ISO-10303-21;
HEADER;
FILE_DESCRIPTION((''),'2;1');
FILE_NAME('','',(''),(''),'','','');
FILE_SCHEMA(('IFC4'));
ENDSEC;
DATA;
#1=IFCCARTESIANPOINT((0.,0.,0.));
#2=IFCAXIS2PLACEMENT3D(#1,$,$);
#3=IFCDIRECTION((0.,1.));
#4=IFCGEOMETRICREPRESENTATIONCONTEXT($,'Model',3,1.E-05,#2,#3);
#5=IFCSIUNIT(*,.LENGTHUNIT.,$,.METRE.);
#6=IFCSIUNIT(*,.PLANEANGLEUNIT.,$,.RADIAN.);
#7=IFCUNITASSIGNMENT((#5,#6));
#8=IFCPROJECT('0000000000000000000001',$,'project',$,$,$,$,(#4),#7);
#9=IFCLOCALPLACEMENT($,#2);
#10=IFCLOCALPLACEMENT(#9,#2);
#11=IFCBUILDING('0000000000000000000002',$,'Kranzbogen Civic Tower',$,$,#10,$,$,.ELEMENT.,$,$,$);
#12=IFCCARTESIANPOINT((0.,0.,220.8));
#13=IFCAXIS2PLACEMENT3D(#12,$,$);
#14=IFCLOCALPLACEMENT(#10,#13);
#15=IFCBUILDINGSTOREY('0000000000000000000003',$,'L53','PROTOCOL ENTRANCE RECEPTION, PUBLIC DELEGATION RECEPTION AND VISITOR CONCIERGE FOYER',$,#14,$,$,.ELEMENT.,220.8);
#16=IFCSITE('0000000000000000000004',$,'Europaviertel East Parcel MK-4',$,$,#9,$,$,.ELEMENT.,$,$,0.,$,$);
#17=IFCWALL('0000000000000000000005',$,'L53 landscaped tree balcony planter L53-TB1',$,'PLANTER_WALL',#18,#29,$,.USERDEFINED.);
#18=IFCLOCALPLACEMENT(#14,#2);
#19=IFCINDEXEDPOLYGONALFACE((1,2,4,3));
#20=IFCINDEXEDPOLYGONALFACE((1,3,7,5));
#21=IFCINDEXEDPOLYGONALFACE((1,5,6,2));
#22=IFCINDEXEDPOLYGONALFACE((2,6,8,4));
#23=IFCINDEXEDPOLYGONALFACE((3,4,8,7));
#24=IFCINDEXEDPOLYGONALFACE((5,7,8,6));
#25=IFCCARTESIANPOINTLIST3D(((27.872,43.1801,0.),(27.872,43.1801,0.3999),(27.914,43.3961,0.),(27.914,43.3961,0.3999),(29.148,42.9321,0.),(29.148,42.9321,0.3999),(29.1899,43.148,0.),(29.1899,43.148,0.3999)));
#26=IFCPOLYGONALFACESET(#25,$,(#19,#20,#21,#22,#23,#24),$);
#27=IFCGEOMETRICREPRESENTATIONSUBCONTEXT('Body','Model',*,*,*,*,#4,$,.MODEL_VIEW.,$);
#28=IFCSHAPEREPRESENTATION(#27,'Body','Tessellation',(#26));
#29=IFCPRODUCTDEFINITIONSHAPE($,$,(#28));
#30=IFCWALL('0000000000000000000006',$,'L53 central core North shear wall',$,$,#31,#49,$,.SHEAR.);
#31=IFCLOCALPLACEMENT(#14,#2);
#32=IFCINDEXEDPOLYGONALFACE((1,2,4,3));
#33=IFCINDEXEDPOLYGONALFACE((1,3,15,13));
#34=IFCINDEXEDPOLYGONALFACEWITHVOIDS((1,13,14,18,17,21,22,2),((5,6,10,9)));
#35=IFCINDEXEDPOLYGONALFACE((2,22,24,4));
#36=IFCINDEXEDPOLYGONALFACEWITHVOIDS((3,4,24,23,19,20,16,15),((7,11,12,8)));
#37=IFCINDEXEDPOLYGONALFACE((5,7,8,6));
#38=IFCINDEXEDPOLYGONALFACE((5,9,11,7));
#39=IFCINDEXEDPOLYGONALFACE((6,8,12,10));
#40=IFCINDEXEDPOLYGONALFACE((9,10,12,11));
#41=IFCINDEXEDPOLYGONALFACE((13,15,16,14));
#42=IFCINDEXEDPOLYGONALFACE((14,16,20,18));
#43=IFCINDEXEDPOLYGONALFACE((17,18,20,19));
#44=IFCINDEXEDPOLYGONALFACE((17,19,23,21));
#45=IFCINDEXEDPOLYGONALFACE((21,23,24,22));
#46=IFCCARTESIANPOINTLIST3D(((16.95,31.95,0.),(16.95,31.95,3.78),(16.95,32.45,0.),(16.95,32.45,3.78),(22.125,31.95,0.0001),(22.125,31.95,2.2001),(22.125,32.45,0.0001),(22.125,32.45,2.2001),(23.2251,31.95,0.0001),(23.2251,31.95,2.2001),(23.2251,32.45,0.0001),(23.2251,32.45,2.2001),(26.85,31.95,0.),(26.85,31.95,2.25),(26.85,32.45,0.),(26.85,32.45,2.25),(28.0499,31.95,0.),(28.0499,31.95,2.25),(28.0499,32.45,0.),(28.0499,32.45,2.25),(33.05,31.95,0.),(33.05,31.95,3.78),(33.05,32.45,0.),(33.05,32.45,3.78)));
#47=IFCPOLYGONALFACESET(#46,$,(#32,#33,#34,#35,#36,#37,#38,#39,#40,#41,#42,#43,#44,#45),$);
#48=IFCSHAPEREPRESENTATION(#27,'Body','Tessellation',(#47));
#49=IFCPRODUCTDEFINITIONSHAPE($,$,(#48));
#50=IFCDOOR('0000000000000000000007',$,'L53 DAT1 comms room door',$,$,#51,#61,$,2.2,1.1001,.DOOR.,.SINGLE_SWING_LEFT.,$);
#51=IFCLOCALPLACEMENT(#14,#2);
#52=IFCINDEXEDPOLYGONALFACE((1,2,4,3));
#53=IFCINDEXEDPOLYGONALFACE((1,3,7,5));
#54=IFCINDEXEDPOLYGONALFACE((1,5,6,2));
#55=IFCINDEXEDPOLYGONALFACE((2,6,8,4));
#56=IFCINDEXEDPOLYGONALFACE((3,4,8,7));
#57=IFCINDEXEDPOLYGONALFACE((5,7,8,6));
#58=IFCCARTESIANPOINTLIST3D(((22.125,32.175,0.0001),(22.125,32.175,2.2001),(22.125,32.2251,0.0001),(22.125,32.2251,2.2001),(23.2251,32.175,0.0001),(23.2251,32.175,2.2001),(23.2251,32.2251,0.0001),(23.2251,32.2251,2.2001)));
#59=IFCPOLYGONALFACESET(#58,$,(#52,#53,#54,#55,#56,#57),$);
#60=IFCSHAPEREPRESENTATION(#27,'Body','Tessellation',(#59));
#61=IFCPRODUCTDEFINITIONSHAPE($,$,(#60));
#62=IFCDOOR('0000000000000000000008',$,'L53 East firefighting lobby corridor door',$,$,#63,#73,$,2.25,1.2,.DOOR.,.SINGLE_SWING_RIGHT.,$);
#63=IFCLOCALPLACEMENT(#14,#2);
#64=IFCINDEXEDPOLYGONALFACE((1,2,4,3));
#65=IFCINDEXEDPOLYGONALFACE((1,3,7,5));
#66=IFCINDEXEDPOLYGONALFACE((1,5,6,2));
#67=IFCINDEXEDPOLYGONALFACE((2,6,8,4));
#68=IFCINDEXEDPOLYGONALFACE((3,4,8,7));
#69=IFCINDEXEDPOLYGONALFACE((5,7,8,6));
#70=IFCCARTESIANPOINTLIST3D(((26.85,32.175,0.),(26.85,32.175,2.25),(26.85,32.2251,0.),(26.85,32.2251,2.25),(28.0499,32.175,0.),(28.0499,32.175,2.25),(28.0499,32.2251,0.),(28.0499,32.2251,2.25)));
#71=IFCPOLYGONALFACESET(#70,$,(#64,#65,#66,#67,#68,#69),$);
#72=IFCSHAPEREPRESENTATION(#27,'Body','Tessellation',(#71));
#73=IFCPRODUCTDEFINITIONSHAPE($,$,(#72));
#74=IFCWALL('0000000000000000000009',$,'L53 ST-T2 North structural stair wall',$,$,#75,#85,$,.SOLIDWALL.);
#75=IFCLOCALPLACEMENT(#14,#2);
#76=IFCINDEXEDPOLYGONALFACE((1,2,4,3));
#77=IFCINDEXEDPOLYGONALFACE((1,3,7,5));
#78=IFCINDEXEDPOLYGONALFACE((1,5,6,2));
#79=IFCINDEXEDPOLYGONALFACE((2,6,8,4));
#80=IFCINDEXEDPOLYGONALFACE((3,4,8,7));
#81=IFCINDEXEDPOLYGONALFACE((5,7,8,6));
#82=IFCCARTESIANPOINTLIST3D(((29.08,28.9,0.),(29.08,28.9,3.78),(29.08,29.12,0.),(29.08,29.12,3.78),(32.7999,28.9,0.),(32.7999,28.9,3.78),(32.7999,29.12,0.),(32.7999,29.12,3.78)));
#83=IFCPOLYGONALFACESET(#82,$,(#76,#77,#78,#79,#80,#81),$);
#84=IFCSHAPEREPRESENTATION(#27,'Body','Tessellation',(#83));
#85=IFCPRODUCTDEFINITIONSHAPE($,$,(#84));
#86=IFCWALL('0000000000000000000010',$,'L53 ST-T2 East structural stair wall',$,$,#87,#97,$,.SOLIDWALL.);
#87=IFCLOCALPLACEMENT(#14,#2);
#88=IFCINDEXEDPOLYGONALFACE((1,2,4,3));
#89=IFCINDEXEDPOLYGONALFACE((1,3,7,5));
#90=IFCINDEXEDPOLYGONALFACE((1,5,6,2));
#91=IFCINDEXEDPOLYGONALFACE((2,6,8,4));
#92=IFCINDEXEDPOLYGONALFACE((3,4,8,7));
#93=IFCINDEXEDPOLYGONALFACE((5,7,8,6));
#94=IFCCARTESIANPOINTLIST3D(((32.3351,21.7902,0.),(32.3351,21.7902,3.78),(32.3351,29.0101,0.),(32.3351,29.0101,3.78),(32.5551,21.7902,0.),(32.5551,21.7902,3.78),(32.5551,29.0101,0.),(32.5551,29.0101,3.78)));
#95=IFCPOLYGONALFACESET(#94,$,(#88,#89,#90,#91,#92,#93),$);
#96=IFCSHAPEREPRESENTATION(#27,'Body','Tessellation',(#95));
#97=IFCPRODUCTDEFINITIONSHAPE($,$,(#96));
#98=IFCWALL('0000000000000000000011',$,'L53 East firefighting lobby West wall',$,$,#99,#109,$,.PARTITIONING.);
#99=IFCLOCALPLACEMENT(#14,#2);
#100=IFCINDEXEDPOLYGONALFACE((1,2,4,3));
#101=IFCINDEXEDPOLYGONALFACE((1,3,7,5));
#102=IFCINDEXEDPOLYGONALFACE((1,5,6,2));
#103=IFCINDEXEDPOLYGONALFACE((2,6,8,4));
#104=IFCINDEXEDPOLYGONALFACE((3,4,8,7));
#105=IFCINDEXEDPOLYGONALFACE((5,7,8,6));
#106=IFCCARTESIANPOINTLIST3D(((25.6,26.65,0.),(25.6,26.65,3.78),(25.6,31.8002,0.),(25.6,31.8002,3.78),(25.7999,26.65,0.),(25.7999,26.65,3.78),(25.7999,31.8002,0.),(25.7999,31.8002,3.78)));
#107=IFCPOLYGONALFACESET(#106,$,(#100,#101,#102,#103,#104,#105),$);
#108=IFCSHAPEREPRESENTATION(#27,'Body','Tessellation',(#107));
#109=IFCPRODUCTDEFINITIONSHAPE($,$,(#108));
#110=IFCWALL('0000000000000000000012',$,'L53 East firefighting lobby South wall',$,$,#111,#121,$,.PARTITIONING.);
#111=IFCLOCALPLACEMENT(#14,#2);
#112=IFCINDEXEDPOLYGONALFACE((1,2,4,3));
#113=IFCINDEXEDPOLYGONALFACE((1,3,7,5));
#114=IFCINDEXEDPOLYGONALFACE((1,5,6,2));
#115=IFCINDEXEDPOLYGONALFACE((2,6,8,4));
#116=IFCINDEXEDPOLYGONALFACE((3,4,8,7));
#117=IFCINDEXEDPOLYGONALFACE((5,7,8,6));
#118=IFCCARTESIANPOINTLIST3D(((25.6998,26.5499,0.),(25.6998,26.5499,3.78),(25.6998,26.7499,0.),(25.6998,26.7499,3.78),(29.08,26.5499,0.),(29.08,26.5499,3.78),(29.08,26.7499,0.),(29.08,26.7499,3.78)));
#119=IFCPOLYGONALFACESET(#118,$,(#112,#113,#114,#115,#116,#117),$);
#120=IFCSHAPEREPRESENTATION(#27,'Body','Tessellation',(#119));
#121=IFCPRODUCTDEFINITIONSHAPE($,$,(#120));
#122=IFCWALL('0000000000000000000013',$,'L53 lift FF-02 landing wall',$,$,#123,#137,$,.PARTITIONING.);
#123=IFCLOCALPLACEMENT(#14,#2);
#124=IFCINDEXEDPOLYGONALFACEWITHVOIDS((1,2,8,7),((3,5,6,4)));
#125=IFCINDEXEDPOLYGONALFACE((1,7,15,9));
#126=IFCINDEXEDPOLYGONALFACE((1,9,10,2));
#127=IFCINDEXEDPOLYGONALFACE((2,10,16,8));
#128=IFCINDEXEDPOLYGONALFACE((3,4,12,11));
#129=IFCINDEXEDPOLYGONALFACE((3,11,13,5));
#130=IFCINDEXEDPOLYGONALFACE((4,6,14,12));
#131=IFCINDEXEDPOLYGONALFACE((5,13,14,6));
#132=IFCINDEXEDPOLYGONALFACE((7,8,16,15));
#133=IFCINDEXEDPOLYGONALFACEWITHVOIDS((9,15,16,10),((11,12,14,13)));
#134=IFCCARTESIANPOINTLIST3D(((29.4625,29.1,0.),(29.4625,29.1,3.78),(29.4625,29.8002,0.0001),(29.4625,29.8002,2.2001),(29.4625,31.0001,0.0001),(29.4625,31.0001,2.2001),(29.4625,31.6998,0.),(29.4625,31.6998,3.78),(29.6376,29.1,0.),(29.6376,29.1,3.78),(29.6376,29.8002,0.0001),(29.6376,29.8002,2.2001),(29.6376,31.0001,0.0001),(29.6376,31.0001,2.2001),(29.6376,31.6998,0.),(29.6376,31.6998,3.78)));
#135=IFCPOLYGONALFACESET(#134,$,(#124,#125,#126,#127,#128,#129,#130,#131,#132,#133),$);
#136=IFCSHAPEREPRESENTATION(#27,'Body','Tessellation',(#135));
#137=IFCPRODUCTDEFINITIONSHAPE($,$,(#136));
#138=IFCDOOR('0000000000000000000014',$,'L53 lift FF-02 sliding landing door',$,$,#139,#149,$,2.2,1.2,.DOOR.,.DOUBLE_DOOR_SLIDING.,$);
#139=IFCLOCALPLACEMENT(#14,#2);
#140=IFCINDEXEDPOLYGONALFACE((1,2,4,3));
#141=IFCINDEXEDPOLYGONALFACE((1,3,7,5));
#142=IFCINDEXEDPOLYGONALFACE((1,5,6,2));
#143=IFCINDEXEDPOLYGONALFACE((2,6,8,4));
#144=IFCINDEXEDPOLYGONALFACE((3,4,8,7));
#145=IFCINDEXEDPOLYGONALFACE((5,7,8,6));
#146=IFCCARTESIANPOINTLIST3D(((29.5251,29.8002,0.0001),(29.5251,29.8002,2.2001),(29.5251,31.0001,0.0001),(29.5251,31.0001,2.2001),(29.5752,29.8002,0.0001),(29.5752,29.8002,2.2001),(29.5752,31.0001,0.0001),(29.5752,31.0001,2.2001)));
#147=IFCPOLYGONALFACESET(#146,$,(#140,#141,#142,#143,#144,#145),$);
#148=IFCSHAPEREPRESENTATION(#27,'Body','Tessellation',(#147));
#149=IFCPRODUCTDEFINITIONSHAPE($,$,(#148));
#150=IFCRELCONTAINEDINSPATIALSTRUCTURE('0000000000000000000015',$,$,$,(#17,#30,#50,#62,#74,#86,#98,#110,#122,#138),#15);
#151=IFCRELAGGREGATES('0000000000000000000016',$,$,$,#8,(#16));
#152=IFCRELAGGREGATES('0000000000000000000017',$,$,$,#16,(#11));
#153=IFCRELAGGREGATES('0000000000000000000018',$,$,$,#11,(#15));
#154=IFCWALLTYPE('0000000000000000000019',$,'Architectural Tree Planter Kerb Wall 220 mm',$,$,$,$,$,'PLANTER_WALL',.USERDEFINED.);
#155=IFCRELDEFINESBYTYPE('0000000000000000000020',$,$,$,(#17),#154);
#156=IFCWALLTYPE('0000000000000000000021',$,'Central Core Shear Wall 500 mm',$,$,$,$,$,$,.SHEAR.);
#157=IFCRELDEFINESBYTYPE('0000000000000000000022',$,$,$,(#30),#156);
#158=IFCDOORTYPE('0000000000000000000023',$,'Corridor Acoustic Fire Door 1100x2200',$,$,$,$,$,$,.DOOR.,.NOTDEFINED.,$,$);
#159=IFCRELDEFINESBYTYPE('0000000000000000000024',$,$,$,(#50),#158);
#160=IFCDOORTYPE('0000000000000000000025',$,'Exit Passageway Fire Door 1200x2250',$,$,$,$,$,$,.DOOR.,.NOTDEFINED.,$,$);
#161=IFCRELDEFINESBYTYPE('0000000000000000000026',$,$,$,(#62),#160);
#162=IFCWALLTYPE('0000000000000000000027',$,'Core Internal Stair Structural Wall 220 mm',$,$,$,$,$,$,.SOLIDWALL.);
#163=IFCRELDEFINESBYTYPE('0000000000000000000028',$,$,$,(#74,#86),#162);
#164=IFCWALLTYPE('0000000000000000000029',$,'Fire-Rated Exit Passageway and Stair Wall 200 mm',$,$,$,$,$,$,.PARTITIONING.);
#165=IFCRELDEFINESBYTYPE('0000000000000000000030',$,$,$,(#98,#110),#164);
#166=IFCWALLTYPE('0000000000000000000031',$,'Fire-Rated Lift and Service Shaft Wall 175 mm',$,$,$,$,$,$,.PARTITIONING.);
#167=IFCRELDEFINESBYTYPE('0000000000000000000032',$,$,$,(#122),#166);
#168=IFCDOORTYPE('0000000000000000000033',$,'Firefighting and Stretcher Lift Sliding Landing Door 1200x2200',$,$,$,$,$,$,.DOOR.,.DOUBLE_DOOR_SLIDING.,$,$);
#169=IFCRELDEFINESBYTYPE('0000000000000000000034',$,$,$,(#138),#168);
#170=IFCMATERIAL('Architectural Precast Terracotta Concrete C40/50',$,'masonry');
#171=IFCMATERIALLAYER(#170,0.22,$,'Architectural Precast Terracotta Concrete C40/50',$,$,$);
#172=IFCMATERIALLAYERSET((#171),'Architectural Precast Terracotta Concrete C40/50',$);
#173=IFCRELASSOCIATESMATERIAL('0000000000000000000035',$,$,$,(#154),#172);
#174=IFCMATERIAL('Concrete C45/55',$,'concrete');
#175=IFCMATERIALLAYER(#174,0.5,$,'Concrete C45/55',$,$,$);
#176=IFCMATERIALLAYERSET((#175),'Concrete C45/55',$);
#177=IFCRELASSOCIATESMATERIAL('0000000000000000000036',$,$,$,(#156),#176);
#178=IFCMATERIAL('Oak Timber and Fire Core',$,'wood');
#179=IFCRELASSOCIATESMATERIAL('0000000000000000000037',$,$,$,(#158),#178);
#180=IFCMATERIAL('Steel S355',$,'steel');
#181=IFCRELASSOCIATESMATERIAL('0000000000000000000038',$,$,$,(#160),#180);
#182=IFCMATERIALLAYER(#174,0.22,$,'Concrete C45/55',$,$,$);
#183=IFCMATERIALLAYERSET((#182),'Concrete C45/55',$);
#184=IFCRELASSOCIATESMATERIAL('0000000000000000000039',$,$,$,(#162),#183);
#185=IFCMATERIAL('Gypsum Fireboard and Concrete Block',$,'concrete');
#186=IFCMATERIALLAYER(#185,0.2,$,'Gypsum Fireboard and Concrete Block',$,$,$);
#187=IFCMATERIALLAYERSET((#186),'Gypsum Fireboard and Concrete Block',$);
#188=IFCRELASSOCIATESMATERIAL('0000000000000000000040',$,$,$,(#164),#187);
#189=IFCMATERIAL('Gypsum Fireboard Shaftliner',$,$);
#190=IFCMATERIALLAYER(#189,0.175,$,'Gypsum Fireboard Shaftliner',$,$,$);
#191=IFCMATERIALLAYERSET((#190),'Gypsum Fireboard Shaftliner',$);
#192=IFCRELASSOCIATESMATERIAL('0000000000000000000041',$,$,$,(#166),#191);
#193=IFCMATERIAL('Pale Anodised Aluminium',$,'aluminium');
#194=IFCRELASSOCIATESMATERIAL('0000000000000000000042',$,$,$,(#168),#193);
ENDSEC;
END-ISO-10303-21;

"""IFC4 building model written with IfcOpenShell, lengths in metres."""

from ifc_helpers import new_model, si_unit, direction, frame, frame_2d, origin, place, context, subcontext, project, spatial, rectangle, extrude, material, layer, layer_set, type_object, element, fill, save


model = new_model("IFC4")

# Units and contexts
model_context = context("Model", 3, precision=1e-05, world=origin(), true_north=direction((0.0, 1.0)))
body_context = subcontext(model_context, "Body", "Model", "MODEL_VIEW")
ifc_project = project(units=[si_unit("LENGTHUNIT", "METRE"), si_unit("PLANEANGLEUNIT", "RADIAN")], contexts=[model_context])

# Site, building, storey
site_placement = place(None, origin())
site = spatial("IfcSite", under=ifc_project, at=site_placement, Name="Europaviertel East Parcel MK-4", CompositionType="ELEMENT", RefElevation=0.0)
building_placement = place(site_placement, origin())
building = spatial("IfcBuilding", under=site, at=building_placement, Name="Kranzbogen Civic Tower", CompositionType="ELEMENT")
storey_placement = place(building_placement, frame((0.0, 0.0, 220.8)))
storey = spatial("IfcBuildingStorey", under=building, at=storey_placement, Name="L53", Description="PROTOCOL ENTRANCE RECEPTION, PUBLIC DELEGATION RECEPTION AND VISITOR CONCIERGE FOYER", CompositionType="ELEMENT", Elevation=220.8)

# Shared definitions
ifc_material_1 = material(Name="Steel S355", Category="steel")

# Shared definitions
ifc_material_2 = material(Name="Pale Anodised Aluminium", Category="aluminium")

# Wall
ifc_material_3 = material(Name="Architectural Precast Terracotta Concrete C40/50", Category="masonry")
ifc_layer_1 = layer(ifc_material_3, 0.22, Name="Architectural Precast Terracotta Concrete C40/50")
ifc_layer_set_1 = layer_set([ifc_layer_1], Name="Architectural Precast Terracotta Concrete C40/50")
wall_type_1 = type_object("IfcWallType", Name="Architectural Tree Planter Kerb Wall 220 mm", ElementType="PLANTER_WALL", PredefinedType="USERDEFINED", material=ifc_layer_set_1)
wall_1_placement = place(storey_placement, frame((29.1689, 43.04, 0.0), z_axis=(0.0, 0.0, 1.0), x_axis=(-0.981621, 0.190839, 0.0)))
element("IfcWall", 1, at=wall_1_placement, inside=storey, type_object=wall_type_1, Name="L53 landscaped tree balcony planter L53-TB1", ObjectType="PLANTER_WALL", PredefinedType="USERDEFINED", context=body_context, shape_type="SweptSolid", body=[
    extrude(rectangle(XDim=1.2998, YDim=0.22, at=frame_2d((0.6499, 0.0))), origin(), (0.0, 0.0, 1.0), 0.3999),
])

# Wall, openings, doors
ifc_material_4 = material(Name="Concrete C45/55", Category="concrete")
ifc_layer_2 = layer(ifc_material_4, 0.5, Name="Concrete C45/55")
ifc_layer_set_2 = layer_set([ifc_layer_2], Name="Concrete C45/55")
wall_type_2 = type_object("IfcWallType", Name="Central Core Shear Wall 500 mm", PredefinedType="SHEAR", material=ifc_layer_set_2)
wall_2_placement = place(storey_placement, frame((33.05, 32.2, 0.0), z_axis=(0.0, 0.0, 1.0), x_axis=(-1.0, 0.0, 0.0)))
wall_2 = element("IfcWall", 2, at=wall_2_placement, inside=storey, type_object=wall_type_2, Name="L53 central core North shear wall", PredefinedType="SHEAR", context=body_context, shape_type="SweptSolid", body=[
    extrude(rectangle(XDim=16.1001, YDim=0.5, at=frame_2d((8.05, 0.0))), origin(), (0.0, 0.0, 1.0), 3.78),
])
opening_1_placement = place(wall_2_placement, frame((5.0, 0.0, 0.0)))
opening_1 = element("IfcOpeningElement", 3, at=opening_1_placement, cuts=wall_2, PredefinedType="OPENING", context=body_context, shape_type="SweptSolid", body=[
    extrude(rectangle(XDim=1.2, YDim=2.25, at=frame_2d((0.6001, 1.125))), frame((0.0, 0.26, 0.0), z_axis=(0.0, -1.0, 0.0), x_axis=(1.0, 0.0, 0.0)), (0.0, 0.0, 1.0), 0.52),
])
opening_2_placement = place(wall_2_placement, frame((9.825, 0.0, 0.0)))
opening_2 = element("IfcOpeningElement", 4, at=opening_2_placement, cuts=wall_2, PredefinedType="OPENING", context=body_context, shape_type="SweptSolid", body=[
    extrude(rectangle(XDim=1.1001, YDim=2.2, at=frame_2d((0.55, 1.1001))), frame((0.0, 0.26, 0.0), z_axis=(0.0, -1.0, 0.0), x_axis=(1.0, 0.0, 0.0)), (0.0, 0.0, 1.0), 0.52),
])
ifc_material_5 = material(Name="Oak Timber and Fire Core", Category="wood")
door_type_1 = type_object("IfcDoorType", Name="Corridor Acoustic Fire Door 1100x2200", OperationType="NOTDEFINED", PredefinedType="DOOR", material=ifc_material_5)
door_1_placement = place(opening_2_placement, origin())
door_1 = element("IfcDoor", 5, at=door_1_placement, inside=storey, type_object=door_type_1, Name="L53 DAT1 comms room door", OperationType="SINGLE_SWING_LEFT", OverallHeight=2.2, OverallWidth=1.1001, PredefinedType="DOOR", context=body_context, shape_type="SweptSolid", body=[
    extrude(rectangle(XDim=1.1001, YDim=2.2, at=frame_2d((0.55, 1.1001))), frame((0.0, 0.0249, 0.0), z_axis=(0.0, -1.0, 0.0), x_axis=(1.0, 0.0, 0.0)), (0.0, 0.0, 1.0), 0.05),
])
fill(opening_2, door_1)
door_type_2 = type_object("IfcDoorType", Name="Exit Passageway Fire Door 1200x2250", OperationType="NOTDEFINED", PredefinedType="DOOR", material=ifc_material_1)
door_2_placement = place(opening_1_placement, origin())
door_2 = element("IfcDoor", 6, at=door_2_placement, inside=storey, type_object=door_type_2, Name="L53 East firefighting lobby corridor door", OperationType="SINGLE_SWING_RIGHT", OverallHeight=2.25, OverallWidth=1.2, PredefinedType="DOOR", context=body_context, shape_type="SweptSolid", body=[
    extrude(rectangle(XDim=1.2, YDim=2.25, at=frame_2d((0.6001, 1.125))), frame((0.0, 0.0249, 0.0), z_axis=(0.0, -1.0, 0.0), x_axis=(1.0, 0.0, 0.0)), (0.0, 0.0, 1.0), 0.05),
])
fill(opening_1, door_2)

# Walls
ifc_layer_3 = layer(ifc_material_4, 0.22, Name="Concrete C45/55")
ifc_layer_set_3 = layer_set([ifc_layer_3], Name="Concrete C45/55")
wall_type_3 = type_object("IfcWallType", Name="Core Internal Stair Structural Wall 220 mm", PredefinedType="SOLIDWALL", material=ifc_layer_set_3)
wall_3_placement = place(storey_placement, frame((29.0801, 29.01, 0.0), z_axis=(0.0, 0.0, 1.0), x_axis=(1.0, 0.0, 0.0)))
element("IfcWall", 7, at=wall_3_placement, inside=storey, type_object=wall_type_3, Name="L53 ST-T2 North structural stair wall", PredefinedType="SOLIDWALL", context=body_context, shape_type="SweptSolid", body=[
    extrude(rectangle(XDim=3.72, YDim=0.22, at=frame_2d((1.8599, 0.0))), origin(), (0.0, 0.0, 1.0), 3.78),
])
wall_4_placement = place(storey_placement, frame((32.4451, 29.01, 0.0), z_axis=(0.0, 0.0, 1.0), x_axis=(0.0, -1.0, 0.0)))
element("IfcWall", 8, at=wall_4_placement, inside=storey, type_object=wall_type_3, Name="L53 ST-T2 East structural stair wall", PredefinedType="SOLIDWALL", context=body_context, shape_type="SweptSolid", body=[
    extrude(rectangle(XDim=7.22, YDim=0.22, at=frame_2d((3.6099, 0.0))), origin(), (0.0, 0.0, 1.0), 3.78),
])
ifc_material_6 = material(Name="Gypsum Fireboard and Concrete Block", Category="concrete")
ifc_layer_4 = layer(ifc_material_6, 0.2, Name="Gypsum Fireboard and Concrete Block")
ifc_layer_set_4 = layer_set([ifc_layer_4], Name="Gypsum Fireboard and Concrete Block")
wall_type_4 = type_object("IfcWallType", Name="Fire-Rated Exit Passageway and Stair Wall 200 mm", PredefinedType="PARTITIONING", material=ifc_layer_set_4)
wall_5_placement = place(storey_placement, frame((25.7, 26.6499, 0.0), z_axis=(0.0, 0.0, 1.0), x_axis=(0.0, 1.0, 0.0)))
element("IfcWall", 9, at=wall_5_placement, inside=storey, type_object=wall_type_4, Name="L53 East firefighting lobby West wall", PredefinedType="PARTITIONING", context=body_context, shape_type="SweptSolid", body=[
    extrude(rectangle(XDim=5.1501, YDim=0.2, at=frame_2d((2.5752, 0.0))), origin(), (0.0, 0.0, 1.0), 3.78),
])
wall_6_placement = place(storey_placement, frame((25.7, 26.6499, 0.0), z_axis=(0.0, 0.0, 1.0), x_axis=(1.0, 0.0, 0.0)))
element("IfcWall", 10, at=wall_6_placement, inside=storey, type_object=wall_type_4, Name="L53 East firefighting lobby South wall", PredefinedType="PARTITIONING", context=body_context, shape_type="SweptSolid", body=[
    extrude(rectangle(XDim=3.3801, YDim=0.2, at=frame_2d((1.6899, 0.0))), origin(), (0.0, 0.0, 1.0), 3.78),
])

# Wall, opening, door
ifc_material_7 = material(Name="Gypsum Fireboard Shaftliner")
ifc_layer_5 = layer(ifc_material_7, 0.175, Name="Gypsum Fireboard Shaftliner")
ifc_layer_set_5 = layer_set([ifc_layer_5], Name="Gypsum Fireboard Shaftliner")
wall_type_5 = type_object("IfcWallType", Name="Fire-Rated Lift and Service Shaft Wall 175 mm", PredefinedType="PARTITIONING", material=ifc_layer_set_5)
wall_7_placement = place(storey_placement, frame((29.55, 29.1001, 0.0), z_axis=(0.0, 0.0, 1.0), x_axis=(0.0, 1.0, 0.0)))
wall_7 = element("IfcWall", 11, at=wall_7_placement, inside=storey, type_object=wall_type_5, Name="L53 lift FF-02 landing wall", PredefinedType="PARTITIONING", context=body_context, shape_type="SweptSolid", body=[
    extrude(rectangle(XDim=2.5999, YDim=0.175, at=frame_2d((1.2998, 0.0))), origin(), (0.0, 0.0, 1.0), 3.78),
])
opening_3_placement = place(wall_7_placement, frame((0.7, 0.0, 0.0)))
opening_3 = element("IfcOpeningElement", 12, at=opening_3_placement, cuts=wall_7, PredefinedType="OPENING", context=body_context, shape_type="SweptSolid", body=[
    extrude(rectangle(XDim=1.2, YDim=2.2, at=frame_2d((0.6001, 1.1001))), frame((0.0, 0.0977, 0.0), z_axis=(0.0, -1.0, 0.0), x_axis=(1.0, 0.0, 0.0)), (0.0, 0.0, 1.0), 0.1951),
])
door_type_3 = type_object("IfcDoorType", Name="Firefighting and Stretcher Lift Sliding Landing Door 1200x2200", OperationType="DOUBLE_DOOR_SLIDING", PredefinedType="DOOR", material=ifc_material_2)
door_3_placement = place(opening_3_placement, origin())
door_3 = element("IfcDoor", 13, at=door_3_placement, inside=storey, type_object=door_type_3, Name="L53 lift FF-02 sliding landing door", OperationType="DOUBLE_DOOR_SLIDING", OverallHeight=2.2, OverallWidth=1.2, PredefinedType="DOOR", context=body_context, shape_type="SweptSolid", body=[
    extrude(rectangle(XDim=1.2, YDim=2.2, at=frame_2d((0.6001, 1.1001))), frame((0.0, 0.0249, 0.0), z_axis=(0.0, -1.0, 0.0), x_axis=(1.0, 0.0, 0.0)), (0.0, 0.0, 1.0), 0.05),
])
fill(opening_3, door_3)

save(model, "model.ifc")
